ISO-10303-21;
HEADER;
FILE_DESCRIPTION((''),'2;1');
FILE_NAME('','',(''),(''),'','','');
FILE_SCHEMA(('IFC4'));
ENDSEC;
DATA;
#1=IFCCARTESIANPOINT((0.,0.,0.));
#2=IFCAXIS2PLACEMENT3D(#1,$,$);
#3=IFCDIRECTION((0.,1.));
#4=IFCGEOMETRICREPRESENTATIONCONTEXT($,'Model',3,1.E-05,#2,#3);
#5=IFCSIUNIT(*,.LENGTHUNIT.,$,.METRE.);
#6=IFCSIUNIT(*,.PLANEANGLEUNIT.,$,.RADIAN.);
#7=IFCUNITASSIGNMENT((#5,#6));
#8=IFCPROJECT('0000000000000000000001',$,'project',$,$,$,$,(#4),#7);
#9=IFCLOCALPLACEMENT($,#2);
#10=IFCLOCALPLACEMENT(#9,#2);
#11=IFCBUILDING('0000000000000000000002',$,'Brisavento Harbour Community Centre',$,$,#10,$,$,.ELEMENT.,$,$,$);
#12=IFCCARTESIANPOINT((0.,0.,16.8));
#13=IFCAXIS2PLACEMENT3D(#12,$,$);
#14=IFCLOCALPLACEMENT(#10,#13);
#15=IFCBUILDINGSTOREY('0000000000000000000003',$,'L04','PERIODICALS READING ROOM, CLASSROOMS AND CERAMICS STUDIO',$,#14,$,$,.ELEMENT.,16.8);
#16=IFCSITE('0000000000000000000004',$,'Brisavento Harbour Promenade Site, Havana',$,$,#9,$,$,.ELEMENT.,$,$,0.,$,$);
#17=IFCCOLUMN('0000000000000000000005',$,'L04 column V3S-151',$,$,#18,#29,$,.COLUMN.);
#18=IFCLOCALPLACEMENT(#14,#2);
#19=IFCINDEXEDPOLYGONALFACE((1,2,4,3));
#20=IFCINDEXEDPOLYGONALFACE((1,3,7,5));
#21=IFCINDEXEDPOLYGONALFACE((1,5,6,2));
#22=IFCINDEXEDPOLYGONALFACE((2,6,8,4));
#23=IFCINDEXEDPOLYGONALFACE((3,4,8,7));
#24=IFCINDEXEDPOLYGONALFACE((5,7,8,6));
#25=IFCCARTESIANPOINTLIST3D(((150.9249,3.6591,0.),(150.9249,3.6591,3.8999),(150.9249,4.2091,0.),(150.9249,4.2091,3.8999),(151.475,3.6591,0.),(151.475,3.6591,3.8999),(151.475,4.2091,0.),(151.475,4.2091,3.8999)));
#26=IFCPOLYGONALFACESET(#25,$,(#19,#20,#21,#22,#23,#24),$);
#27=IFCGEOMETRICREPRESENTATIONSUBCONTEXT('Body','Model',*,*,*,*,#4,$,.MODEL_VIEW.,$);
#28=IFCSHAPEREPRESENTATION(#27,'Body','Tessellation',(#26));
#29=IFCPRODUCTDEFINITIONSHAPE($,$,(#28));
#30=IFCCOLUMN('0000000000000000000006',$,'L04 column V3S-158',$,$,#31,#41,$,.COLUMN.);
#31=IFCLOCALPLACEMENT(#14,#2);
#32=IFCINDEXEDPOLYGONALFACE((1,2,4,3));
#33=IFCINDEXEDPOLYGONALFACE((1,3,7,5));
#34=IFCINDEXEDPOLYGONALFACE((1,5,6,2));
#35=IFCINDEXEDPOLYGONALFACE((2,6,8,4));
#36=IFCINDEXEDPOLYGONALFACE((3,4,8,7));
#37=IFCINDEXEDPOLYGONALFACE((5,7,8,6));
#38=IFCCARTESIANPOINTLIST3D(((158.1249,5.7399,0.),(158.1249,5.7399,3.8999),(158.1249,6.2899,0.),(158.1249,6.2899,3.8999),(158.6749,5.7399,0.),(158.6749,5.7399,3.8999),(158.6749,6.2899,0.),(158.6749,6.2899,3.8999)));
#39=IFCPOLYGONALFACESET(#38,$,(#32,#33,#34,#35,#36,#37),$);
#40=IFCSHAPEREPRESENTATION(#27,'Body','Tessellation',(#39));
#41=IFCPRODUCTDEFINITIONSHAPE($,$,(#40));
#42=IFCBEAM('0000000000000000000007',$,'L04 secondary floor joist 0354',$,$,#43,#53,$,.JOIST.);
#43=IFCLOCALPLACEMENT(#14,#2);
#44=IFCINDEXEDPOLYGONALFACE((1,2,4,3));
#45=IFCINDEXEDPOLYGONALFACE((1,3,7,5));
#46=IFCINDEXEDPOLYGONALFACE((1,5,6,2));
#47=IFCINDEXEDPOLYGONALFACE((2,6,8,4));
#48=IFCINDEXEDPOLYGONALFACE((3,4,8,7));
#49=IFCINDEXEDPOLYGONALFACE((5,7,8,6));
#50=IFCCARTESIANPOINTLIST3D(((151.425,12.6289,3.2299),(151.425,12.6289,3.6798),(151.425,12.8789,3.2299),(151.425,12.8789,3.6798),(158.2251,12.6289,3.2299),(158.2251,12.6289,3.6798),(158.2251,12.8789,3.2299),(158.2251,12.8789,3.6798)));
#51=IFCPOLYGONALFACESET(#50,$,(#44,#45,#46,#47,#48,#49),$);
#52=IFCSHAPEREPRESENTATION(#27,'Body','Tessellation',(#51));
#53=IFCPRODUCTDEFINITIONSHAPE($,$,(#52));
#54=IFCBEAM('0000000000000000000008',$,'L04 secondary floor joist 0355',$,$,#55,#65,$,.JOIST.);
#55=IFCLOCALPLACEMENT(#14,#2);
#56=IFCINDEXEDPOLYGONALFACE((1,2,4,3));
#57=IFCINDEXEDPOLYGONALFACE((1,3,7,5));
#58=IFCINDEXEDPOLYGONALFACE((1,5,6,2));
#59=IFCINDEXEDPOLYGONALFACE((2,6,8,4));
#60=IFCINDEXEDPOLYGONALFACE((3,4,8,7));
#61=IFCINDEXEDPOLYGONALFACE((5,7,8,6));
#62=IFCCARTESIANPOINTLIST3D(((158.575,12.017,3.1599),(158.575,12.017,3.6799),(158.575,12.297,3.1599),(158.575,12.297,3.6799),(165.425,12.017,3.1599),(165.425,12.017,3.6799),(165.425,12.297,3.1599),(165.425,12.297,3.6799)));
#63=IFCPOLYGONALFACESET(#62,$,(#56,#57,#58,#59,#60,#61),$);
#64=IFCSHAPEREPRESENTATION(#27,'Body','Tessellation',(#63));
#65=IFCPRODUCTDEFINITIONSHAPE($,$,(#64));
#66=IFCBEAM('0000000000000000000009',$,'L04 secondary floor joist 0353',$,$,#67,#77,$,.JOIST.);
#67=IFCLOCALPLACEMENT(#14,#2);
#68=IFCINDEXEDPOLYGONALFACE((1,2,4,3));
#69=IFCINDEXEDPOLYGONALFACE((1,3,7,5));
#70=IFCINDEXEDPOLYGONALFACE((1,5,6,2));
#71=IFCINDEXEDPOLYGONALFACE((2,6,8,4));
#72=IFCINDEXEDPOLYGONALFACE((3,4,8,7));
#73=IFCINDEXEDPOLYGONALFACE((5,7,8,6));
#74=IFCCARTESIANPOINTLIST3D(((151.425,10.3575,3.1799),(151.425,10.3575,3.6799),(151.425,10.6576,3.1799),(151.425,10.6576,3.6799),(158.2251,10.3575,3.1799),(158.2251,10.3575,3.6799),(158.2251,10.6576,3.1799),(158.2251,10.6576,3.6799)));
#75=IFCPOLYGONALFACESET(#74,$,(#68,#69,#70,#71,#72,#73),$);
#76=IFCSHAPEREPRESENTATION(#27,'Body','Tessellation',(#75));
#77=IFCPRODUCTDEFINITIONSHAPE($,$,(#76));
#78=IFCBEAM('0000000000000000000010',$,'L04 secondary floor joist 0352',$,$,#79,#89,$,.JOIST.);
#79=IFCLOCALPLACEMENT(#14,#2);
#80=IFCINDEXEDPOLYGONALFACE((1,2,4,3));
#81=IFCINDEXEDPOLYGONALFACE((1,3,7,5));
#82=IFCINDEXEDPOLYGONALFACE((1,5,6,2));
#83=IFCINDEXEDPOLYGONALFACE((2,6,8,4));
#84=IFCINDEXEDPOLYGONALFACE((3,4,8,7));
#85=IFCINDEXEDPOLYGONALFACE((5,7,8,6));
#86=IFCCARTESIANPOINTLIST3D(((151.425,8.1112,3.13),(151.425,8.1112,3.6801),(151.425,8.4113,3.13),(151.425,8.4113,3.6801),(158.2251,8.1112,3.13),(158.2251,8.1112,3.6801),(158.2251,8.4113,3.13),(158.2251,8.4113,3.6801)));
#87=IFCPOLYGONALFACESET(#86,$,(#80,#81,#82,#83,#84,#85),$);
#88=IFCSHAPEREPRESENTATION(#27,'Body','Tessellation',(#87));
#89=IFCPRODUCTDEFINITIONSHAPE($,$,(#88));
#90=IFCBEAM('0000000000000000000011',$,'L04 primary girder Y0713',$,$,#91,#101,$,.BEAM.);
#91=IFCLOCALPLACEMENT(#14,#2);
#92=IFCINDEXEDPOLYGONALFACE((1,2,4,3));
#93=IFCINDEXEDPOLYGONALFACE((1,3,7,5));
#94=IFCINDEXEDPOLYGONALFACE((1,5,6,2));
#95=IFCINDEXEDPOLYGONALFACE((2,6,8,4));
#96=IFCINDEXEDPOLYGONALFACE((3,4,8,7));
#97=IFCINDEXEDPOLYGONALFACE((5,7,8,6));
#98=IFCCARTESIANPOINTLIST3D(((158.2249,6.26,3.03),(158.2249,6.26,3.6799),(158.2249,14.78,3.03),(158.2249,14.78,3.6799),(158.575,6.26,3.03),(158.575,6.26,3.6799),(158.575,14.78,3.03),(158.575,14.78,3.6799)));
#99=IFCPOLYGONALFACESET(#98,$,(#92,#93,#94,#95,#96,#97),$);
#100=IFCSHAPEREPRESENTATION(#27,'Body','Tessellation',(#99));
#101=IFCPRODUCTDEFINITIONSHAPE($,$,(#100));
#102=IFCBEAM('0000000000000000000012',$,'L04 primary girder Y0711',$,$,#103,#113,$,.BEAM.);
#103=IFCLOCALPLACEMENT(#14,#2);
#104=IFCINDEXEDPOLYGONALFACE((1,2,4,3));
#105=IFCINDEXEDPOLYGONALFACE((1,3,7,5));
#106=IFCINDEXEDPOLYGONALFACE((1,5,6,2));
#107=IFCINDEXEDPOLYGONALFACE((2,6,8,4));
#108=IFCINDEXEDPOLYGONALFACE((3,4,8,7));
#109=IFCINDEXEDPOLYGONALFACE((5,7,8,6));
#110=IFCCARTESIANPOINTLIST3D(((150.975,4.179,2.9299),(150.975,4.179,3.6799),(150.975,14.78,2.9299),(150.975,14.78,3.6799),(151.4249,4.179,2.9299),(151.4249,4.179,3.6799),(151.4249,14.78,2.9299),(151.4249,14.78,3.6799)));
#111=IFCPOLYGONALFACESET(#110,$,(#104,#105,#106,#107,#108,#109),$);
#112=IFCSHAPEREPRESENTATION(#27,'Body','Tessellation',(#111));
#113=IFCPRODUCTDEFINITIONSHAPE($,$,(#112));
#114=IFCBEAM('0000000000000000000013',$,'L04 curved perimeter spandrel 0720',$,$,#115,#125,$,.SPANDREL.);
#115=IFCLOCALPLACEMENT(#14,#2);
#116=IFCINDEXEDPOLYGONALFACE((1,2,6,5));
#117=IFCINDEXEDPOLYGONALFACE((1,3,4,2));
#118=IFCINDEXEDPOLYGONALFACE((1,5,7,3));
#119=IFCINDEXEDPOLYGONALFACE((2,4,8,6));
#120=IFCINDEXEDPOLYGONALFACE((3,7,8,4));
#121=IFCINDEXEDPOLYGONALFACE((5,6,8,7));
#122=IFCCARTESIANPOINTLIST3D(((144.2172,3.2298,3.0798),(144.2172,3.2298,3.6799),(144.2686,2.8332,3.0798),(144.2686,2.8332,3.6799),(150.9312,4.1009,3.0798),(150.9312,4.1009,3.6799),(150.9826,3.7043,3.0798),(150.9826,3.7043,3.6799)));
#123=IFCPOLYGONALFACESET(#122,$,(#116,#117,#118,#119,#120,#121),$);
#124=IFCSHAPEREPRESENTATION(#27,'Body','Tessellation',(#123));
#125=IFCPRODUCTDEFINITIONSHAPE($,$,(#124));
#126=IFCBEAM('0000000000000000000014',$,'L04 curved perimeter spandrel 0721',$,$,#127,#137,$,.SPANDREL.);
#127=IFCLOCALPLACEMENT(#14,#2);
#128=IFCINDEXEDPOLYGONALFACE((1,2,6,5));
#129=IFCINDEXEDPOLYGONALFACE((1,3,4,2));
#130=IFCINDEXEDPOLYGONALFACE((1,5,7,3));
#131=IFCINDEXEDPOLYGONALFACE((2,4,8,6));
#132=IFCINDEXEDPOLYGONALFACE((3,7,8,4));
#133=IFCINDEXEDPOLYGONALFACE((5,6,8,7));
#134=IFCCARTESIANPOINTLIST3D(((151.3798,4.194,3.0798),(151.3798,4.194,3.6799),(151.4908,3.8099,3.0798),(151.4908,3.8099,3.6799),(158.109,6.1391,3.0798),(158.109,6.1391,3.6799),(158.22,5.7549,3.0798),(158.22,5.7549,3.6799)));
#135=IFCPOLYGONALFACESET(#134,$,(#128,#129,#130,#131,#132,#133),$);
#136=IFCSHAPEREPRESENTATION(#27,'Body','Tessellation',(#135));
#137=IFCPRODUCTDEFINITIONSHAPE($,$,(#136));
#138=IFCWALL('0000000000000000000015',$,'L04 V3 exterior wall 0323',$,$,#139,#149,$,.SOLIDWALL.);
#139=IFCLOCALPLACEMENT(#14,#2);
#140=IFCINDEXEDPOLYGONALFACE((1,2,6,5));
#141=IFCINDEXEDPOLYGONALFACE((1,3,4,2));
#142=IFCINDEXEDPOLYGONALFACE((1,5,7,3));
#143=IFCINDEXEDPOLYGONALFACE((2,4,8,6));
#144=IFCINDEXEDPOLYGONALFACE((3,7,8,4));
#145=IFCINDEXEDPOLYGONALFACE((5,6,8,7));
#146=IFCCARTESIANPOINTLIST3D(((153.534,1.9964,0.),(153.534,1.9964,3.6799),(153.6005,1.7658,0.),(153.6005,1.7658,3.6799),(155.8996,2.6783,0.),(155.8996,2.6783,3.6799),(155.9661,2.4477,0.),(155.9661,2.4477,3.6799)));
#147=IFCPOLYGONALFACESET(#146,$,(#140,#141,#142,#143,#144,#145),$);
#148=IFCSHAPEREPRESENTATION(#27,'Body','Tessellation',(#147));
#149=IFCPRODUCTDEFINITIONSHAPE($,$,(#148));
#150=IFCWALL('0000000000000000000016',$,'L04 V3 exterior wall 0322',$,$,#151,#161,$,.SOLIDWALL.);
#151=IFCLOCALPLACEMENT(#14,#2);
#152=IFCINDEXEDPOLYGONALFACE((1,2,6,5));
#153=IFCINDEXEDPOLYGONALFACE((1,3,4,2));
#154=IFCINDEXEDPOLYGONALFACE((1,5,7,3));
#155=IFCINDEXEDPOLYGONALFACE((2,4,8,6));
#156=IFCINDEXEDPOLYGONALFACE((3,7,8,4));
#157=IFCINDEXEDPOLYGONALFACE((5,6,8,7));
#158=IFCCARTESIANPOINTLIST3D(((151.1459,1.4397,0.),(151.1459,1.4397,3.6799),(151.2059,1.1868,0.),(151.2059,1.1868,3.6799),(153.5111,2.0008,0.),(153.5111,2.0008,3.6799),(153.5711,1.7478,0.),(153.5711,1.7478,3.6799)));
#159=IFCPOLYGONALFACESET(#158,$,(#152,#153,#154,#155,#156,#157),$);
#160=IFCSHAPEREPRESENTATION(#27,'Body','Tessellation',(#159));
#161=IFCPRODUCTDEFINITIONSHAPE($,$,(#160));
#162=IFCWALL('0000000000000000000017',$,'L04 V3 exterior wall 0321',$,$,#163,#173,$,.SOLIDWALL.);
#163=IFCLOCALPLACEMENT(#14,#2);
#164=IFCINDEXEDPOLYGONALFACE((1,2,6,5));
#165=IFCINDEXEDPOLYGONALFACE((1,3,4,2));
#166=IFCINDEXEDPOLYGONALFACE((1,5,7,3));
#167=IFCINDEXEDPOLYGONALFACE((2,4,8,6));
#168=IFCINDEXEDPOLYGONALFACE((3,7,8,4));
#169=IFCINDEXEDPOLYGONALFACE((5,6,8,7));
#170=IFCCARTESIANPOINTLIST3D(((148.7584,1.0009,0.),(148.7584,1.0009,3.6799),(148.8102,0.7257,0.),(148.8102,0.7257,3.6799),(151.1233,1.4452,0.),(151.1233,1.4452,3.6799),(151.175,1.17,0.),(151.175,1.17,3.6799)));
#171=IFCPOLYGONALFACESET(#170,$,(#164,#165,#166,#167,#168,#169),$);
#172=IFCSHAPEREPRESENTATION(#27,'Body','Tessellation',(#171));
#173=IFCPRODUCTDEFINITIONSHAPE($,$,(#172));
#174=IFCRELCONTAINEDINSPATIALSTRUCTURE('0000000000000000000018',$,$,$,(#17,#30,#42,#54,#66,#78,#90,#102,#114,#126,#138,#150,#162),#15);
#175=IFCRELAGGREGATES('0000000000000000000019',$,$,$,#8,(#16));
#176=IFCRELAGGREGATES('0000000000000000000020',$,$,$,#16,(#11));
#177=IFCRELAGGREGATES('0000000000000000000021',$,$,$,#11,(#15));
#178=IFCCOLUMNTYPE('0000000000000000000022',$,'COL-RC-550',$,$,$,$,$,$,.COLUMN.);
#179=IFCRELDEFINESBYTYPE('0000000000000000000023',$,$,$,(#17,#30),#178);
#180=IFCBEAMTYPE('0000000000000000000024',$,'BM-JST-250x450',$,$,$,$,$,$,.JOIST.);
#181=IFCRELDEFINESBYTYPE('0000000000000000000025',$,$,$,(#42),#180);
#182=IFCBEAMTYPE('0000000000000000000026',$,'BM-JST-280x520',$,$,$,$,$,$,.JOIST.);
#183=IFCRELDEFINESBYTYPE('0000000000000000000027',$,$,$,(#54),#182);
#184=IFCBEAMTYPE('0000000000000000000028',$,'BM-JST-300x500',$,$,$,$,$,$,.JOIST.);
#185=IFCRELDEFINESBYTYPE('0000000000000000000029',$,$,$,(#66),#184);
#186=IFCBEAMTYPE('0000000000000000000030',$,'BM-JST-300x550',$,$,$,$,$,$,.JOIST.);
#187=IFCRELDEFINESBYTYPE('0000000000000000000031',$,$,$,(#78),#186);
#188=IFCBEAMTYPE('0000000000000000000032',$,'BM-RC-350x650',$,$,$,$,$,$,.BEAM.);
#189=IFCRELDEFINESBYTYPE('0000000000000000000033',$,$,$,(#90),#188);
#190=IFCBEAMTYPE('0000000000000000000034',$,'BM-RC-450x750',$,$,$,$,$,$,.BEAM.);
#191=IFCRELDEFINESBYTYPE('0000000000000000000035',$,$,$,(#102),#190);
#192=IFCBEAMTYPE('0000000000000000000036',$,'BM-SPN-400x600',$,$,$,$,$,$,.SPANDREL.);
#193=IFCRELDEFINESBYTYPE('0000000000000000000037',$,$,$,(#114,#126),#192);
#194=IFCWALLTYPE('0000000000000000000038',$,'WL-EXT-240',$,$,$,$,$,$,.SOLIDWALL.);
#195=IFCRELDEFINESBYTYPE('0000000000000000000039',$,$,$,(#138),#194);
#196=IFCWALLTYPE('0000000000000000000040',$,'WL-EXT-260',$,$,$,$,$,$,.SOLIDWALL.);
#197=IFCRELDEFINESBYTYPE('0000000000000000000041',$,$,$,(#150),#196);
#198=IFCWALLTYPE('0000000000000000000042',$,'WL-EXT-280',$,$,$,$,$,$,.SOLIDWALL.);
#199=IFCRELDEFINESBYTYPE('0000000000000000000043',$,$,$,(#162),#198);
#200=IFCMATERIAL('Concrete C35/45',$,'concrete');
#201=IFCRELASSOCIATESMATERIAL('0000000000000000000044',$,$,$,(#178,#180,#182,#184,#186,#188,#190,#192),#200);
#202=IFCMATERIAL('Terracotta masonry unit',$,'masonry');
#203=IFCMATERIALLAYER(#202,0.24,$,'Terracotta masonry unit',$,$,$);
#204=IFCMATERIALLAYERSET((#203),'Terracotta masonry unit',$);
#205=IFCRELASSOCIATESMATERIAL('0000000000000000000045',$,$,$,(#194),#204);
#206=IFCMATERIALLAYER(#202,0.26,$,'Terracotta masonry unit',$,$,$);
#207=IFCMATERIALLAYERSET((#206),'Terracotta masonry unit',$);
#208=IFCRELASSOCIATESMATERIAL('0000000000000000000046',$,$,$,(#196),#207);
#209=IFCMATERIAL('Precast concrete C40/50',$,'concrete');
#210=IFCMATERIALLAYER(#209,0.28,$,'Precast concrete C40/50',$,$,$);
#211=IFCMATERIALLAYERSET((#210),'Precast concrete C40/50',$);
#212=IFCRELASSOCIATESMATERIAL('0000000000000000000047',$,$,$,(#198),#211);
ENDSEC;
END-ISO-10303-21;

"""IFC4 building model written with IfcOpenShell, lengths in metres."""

from ifc_helpers import new_model, si_unit, direction, frame, frame_2d, origin, origin_2d, place, context, subcontext, project, spatial, rectangle, extrude, material, layer, layer_set, material_profile, profile_set, type_object, element, save


model = new_model("IFC4")

# Units and contexts
model_context = context("Model", 3, precision=1e-05, world=origin(), true_north=direction((0.0, 1.0)))
body_context = subcontext(model_context, "Body", "Model", "MODEL_VIEW")
ifc_project = project(units=[si_unit("LENGTHUNIT", "METRE"), si_unit("PLANEANGLEUNIT", "RADIAN")], contexts=[model_context])

# Site, building, storey
site_placement = place(None, origin())
site = spatial("IfcSite", under=ifc_project, at=site_placement, Name="Brisavento Harbour Promenade Site, Havana", CompositionType="ELEMENT", RefElevation=0.0)
building_placement = place(site_placement, origin())
building = spatial("IfcBuilding", under=site, at=building_placement, Name="Brisavento Harbour Community Centre", CompositionType="ELEMENT")
storey_placement = place(building_placement, frame((0.0, 0.0, 16.8)))
storey = spatial("IfcBuildingStorey", under=building, at=storey_placement, Name="L04", Description="PERIODICALS READING ROOM, CLASSROOMS AND CERAMICS STUDIO", CompositionType="ELEMENT", Elevation=16.8)

# Columns
ifc_material_1 = material(Name="Concrete C35/45", Category="concrete")
ifc_material_profile_1 = material_profile(ifc_material_1, rectangle(XDim=0.55, YDim=0.55, at=origin_2d()), Name="Concrete C35/45")
ifc_profile_set_1 = profile_set([ifc_material_profile_1], Name="Concrete C35/45")
column_type = type_object("IfcColumnType", Name="COL-RC-550", PredefinedType="COLUMN", material=ifc_profile_set_1)
for number, where, z_axis, x_axis, name in (
    (1, (151.2, 3.9341, 0.0), (0.0, 0.0, 1.0), (1.0, 0.0, 0.0), "L04 column V3S-151"),
    (2, (158.3999, 6.0149, 0.0), (0.0, 0.0, 1.0), (1.0, 0.0, 0.0), "L04 column V3S-158"),
):
    element("IfcColumn", number, at=place(storey_placement, frame(where, z_axis=z_axis, x_axis=x_axis)), inside=storey, type_object=column_type, Name=name, PredefinedType="COLUMN", context=body_context, shape_type="SweptSolid", body=[
        extrude(rectangle(XDim=0.55, YDim=0.55, at=origin_2d()), origin(), (0.0, 0.0, 1.0), 3.8999),
    ])

# Beams
ifc_material_profile_2 = material_profile(ifc_material_1, rectangle(XDim=0.25, YDim=0.45, at=origin_2d()), Name="Concrete C35/45")
ifc_profile_set_2 = profile_set([ifc_material_profile_2], Name="Concrete C35/45")
beam_type_1 = type_object("IfcBeamType", Name="BM-JST-250x450", PredefinedType="JOIST", material=ifc_profile_set_2)
beam_1_placement = place(storey_placement, frame((151.425, 12.7539, 3.4548), z_axis=(1.0, 0.0, 0.0), x_axis=(0.0, 1.0, 0.0)))
element("IfcBeam", 3, at=beam_1_placement, inside=storey, type_object=beam_type_1, Name="L04 secondary floor joist 0354", PredefinedType="JOIST", context=body_context, shape_type="SweptSolid", body=[
    extrude(rectangle(XDim=0.25, YDim=0.45, at=origin_2d()), origin(), (0.0, 0.0, 1.0), 6.8),
])
ifc_material_profile_3 = material_profile(ifc_material_1, rectangle(XDim=0.28, YDim=0.52, at=origin_2d()), Name="Concrete C35/45")
ifc_profile_set_3 = profile_set([ifc_material_profile_3], Name="Concrete C35/45")
beam_type_2 = type_object("IfcBeamType", Name="BM-JST-280x520", PredefinedType="JOIST", material=ifc_profile_set_3)
beam_2_placement = place(storey_placement, frame((158.575, 12.157, 3.4199), z_axis=(1.0, 0.0, 0.0), x_axis=(0.0, 1.0, 0.0)))
element("IfcBeam", 4, at=beam_2_placement, inside=storey, type_object=beam_type_2, Name="L04 secondary floor joist 0355", PredefinedType="JOIST", context=body_context, shape_type="SweptSolid", body=[
    extrude(rectangle(XDim=0.28, YDim=0.52, at=origin_2d()), origin(), (0.0, 0.0, 1.0), 6.8501),
])
ifc_material_profile_4 = material_profile(ifc_material_1, rectangle(XDim=0.3, YDim=0.5, at=origin_2d()), Name="Concrete C35/45")
ifc_profile_set_4 = profile_set([ifc_material_profile_4], Name="Concrete C35/45")
beam_type_3 = type_object("IfcBeamType", Name="BM-JST-300x500", PredefinedType="JOIST", material=ifc_profile_set_4)
beam_3_placement = place(storey_placement, frame((151.425, 10.5076, 3.4299), z_axis=(1.0, 0.0, 0.0), x_axis=(0.0, 1.0, 0.0)))
element("IfcBeam", 5, at=beam_3_placement, inside=storey, type_object=beam_type_3, Name="L04 secondary floor joist 0353", PredefinedType="JOIST", context=body_context, shape_type="SweptSolid", body=[
    extrude(rectangle(XDim=0.3, YDim=0.5, at=origin_2d()), origin(), (0.0, 0.0, 1.0), 6.8),
])
ifc_material_profile_5 = material_profile(ifc_material_1, rectangle(XDim=0.3, YDim=0.55, at=origin_2d()), Name="Concrete C35/45")
ifc_profile_set_5 = profile_set([ifc_material_profile_5], Name="Concrete C35/45")
beam_type_4 = type_object("IfcBeamType", Name="BM-JST-300x550", PredefinedType="JOIST", material=ifc_profile_set_5)
beam_4_placement = place(storey_placement, frame((151.425, 8.2612, 3.405), z_axis=(1.0, 0.0, 0.0), x_axis=(0.0, 1.0, 0.0)))
element("IfcBeam", 6, at=beam_4_placement, inside=storey, type_object=beam_type_4, Name="L04 secondary floor joist 0352", PredefinedType="JOIST", context=body_context, shape_type="SweptSolid", body=[
    extrude(rectangle(XDim=0.3, YDim=0.55, at=origin_2d()), origin(), (0.0, 0.0, 1.0), 6.8),
])
ifc_material_profile_6 = material_profile(ifc_material_1, rectangle(XDim=0.3501, YDim=0.6499, at=origin_2d()), Name="Concrete C35/45")
ifc_profile_set_6 = profile_set([ifc_material_profile_6], Name="Concrete C35/45")
beam_type_5 = type_object("IfcBeamType", Name="BM-RC-350x650", PredefinedType="BEAM", material=ifc_profile_set_6)
beam_5_placement = place(storey_placement, frame((158.3999, 6.26, 3.355), z_axis=(0.0, 1.0, 0.0), x_axis=(-1.0, 0.0, 0.0)))
element("IfcBeam", 7, at=beam_5_placement, inside=storey, type_object=beam_type_5, Name="L04 primary girder Y0713", PredefinedType="BEAM", context=body_context, shape_type="SweptSolid", body=[
    extrude(rectangle(XDim=0.3501, YDim=0.6499, at=origin_2d()), origin(), (0.0, 0.0, 1.0), 8.52),
])
ifc_material_profile_7 = material_profile(ifc_material_1, rectangle(XDim=0.45, YDim=0.75, at=origin_2d()), Name="Concrete C35/45")
ifc_profile_set_7 = profile_set([ifc_material_profile_7], Name="Concrete C35/45")
beam_type_6 = type_object("IfcBeamType", Name="BM-RC-450x750", PredefinedType="BEAM", material=ifc_profile_set_7)
beam_6_placement = place(storey_placement, frame((151.2, 4.179, 3.3049), z_axis=(0.0, 1.0, 0.0), x_axis=(-1.0, 0.0, 0.0)))
element("IfcBeam", 8, at=beam_6_placement, inside=storey, type_object=beam_type_6, Name="L04 primary girder Y0711", PredefinedType="BEAM", context=body_context, shape_type="SweptSolid", body=[
    extrude(rectangle(XDim=0.45, YDim=0.75, at=origin_2d()), origin(), (0.0, 0.0, 1.0), 10.6011),
])
ifc_material_profile_8 = material_profile(ifc_material_1, rectangle(XDim=0.3999, YDim=0.6001, at=origin_2d()), Name="Concrete C35/45")
ifc_profile_set_8 = profile_set([ifc_material_profile_8], Name="Concrete C35/45")
beam_type_7 = type_object("IfcBeamType", Name="BM-SPN-400x600", PredefinedType="SPANDREL", material=ifc_profile_set_8)
beam_7_placement = place(storey_placement, frame((144.2429, 3.0315, 3.3799), z_axis=(0.991688, 0.128662, 0.0), x_axis=(-0.128662, 0.991688, 0.0)))
element("IfcBeam", 9, at=beam_7_placement, inside=storey, type_object=beam_type_7, Name="L04 curved perimeter spandrel 0720", PredefinedType="SPANDREL", context=body_context, shape_type="SweptSolid", body=[
    extrude(rectangle(XDim=0.3999, YDim=0.6001, at=origin_2d()), origin(), (0.0, 0.0, 1.0), 6.7703),
])
beam_8_placement = place(storey_placement, frame((151.4353, 4.002, 3.3799), z_axis=(0.960674, 0.27768, 0.0), x_axis=(-0.27768, 0.960674, 0.0)))
element("IfcBeam", 10, at=beam_8_placement, inside=storey, type_object=beam_type_7, Name="L04 curved perimeter spandrel 0721", PredefinedType="SPANDREL", context=body_context, shape_type="SweptSolid", body=[
    extrude(rectangle(XDim=0.3999, YDim=0.6001, at=origin_2d()), origin(), (0.0, 0.0, 1.0), 7.0046),
])

# Walls
ifc_material_2 = material(Name="Terracotta masonry unit", Category="masonry")
ifc_layer_1 = layer(ifc_material_2, 0.24, Name="Terracotta masonry unit")
ifc_layer_set_1 = layer_set([ifc_layer_1], Name="Terracotta masonry unit")
wall_type_1 = type_object("IfcWallType", Name="WL-EXT-240", PredefinedType="SOLIDWALL", material=ifc_layer_set_1)
wall_1_placement = place(storey_placement, frame((155.9329, 2.563, 0.0), z_axis=(0.0, 0.0, 1.0), x_axis=(-0.960874, -0.276986, 0.0)))
element("IfcWall", 11, at=wall_1_placement, inside=storey, type_object=wall_type_1, Name="L04 V3 exterior wall 0323", PredefinedType="SOLIDWALL", context=body_context, shape_type="SweptSolid", body=[
    extrude(rectangle(XDim=2.4619, YDim=0.24, at=frame_2d((1.231, 0.0))), origin(), (0.0, 0.0, 1.0), 3.6799),
])
ifc_layer_2 = layer(ifc_material_2, 0.26, Name="Terracotta masonry unit")
ifc_layer_set_2 = layer_set([ifc_layer_2], Name="Terracotta masonry unit")
wall_type_2 = type_object("IfcWallType", Name="WL-EXT-260", PredefinedType="SOLIDWALL", material=ifc_layer_set_2)
wall_2_placement = place(storey_placement, frame((153.541, 1.8743, 0.0), z_axis=(0.0, 0.0, 1.0), x_axis=(-0.973002, -0.230797, 0.0)))
element("IfcWall", 12, at=wall_2_placement, inside=storey, type_object=wall_type_2, Name="L04 V3 exterior wall 0322", PredefinedType="SOLIDWALL", context=body_context, shape_type="SweptSolid", body=[
    extrude(rectangle(XDim=2.4309, YDim=0.26, at=frame_2d((1.2153, 0.0))), origin(), (0.0, 0.0, 1.0), 3.6799),
])
ifc_material_3 = material(Name="Precast concrete C40/50", Category="concrete")
ifc_layer_3 = layer(ifc_material_3, 0.28, Name="Precast concrete C40/50")
ifc_layer_set_3 = layer_set([ifc_layer_3], Name="Precast concrete C40/50")
wall_type_3 = type_object("IfcWallType", Name="WL-EXT-280", PredefinedType="SOLIDWALL", material=ifc_layer_set_3)
wall_3_placement = place(storey_placement, frame((151.1492, 1.3076, 0.0), z_axis=(0.0, 0.0, 1.0), x_axis=(-0.982801, -0.184668, 0.0)))
element("IfcWall", 13, at=wall_3_placement, inside=storey, type_object=wall_type_3, Name="L04 V3 exterior wall 0321", PredefinedType="SOLIDWALL", context=body_context, shape_type="SweptSolid", body=[
    extrude(rectangle(XDim=2.4062, YDim=0.28, at=frame_2d((1.2031, 0.0))), origin(), (0.0, 0.0, 1.0), 3.6799),
])

save(model, "model.ifc")
